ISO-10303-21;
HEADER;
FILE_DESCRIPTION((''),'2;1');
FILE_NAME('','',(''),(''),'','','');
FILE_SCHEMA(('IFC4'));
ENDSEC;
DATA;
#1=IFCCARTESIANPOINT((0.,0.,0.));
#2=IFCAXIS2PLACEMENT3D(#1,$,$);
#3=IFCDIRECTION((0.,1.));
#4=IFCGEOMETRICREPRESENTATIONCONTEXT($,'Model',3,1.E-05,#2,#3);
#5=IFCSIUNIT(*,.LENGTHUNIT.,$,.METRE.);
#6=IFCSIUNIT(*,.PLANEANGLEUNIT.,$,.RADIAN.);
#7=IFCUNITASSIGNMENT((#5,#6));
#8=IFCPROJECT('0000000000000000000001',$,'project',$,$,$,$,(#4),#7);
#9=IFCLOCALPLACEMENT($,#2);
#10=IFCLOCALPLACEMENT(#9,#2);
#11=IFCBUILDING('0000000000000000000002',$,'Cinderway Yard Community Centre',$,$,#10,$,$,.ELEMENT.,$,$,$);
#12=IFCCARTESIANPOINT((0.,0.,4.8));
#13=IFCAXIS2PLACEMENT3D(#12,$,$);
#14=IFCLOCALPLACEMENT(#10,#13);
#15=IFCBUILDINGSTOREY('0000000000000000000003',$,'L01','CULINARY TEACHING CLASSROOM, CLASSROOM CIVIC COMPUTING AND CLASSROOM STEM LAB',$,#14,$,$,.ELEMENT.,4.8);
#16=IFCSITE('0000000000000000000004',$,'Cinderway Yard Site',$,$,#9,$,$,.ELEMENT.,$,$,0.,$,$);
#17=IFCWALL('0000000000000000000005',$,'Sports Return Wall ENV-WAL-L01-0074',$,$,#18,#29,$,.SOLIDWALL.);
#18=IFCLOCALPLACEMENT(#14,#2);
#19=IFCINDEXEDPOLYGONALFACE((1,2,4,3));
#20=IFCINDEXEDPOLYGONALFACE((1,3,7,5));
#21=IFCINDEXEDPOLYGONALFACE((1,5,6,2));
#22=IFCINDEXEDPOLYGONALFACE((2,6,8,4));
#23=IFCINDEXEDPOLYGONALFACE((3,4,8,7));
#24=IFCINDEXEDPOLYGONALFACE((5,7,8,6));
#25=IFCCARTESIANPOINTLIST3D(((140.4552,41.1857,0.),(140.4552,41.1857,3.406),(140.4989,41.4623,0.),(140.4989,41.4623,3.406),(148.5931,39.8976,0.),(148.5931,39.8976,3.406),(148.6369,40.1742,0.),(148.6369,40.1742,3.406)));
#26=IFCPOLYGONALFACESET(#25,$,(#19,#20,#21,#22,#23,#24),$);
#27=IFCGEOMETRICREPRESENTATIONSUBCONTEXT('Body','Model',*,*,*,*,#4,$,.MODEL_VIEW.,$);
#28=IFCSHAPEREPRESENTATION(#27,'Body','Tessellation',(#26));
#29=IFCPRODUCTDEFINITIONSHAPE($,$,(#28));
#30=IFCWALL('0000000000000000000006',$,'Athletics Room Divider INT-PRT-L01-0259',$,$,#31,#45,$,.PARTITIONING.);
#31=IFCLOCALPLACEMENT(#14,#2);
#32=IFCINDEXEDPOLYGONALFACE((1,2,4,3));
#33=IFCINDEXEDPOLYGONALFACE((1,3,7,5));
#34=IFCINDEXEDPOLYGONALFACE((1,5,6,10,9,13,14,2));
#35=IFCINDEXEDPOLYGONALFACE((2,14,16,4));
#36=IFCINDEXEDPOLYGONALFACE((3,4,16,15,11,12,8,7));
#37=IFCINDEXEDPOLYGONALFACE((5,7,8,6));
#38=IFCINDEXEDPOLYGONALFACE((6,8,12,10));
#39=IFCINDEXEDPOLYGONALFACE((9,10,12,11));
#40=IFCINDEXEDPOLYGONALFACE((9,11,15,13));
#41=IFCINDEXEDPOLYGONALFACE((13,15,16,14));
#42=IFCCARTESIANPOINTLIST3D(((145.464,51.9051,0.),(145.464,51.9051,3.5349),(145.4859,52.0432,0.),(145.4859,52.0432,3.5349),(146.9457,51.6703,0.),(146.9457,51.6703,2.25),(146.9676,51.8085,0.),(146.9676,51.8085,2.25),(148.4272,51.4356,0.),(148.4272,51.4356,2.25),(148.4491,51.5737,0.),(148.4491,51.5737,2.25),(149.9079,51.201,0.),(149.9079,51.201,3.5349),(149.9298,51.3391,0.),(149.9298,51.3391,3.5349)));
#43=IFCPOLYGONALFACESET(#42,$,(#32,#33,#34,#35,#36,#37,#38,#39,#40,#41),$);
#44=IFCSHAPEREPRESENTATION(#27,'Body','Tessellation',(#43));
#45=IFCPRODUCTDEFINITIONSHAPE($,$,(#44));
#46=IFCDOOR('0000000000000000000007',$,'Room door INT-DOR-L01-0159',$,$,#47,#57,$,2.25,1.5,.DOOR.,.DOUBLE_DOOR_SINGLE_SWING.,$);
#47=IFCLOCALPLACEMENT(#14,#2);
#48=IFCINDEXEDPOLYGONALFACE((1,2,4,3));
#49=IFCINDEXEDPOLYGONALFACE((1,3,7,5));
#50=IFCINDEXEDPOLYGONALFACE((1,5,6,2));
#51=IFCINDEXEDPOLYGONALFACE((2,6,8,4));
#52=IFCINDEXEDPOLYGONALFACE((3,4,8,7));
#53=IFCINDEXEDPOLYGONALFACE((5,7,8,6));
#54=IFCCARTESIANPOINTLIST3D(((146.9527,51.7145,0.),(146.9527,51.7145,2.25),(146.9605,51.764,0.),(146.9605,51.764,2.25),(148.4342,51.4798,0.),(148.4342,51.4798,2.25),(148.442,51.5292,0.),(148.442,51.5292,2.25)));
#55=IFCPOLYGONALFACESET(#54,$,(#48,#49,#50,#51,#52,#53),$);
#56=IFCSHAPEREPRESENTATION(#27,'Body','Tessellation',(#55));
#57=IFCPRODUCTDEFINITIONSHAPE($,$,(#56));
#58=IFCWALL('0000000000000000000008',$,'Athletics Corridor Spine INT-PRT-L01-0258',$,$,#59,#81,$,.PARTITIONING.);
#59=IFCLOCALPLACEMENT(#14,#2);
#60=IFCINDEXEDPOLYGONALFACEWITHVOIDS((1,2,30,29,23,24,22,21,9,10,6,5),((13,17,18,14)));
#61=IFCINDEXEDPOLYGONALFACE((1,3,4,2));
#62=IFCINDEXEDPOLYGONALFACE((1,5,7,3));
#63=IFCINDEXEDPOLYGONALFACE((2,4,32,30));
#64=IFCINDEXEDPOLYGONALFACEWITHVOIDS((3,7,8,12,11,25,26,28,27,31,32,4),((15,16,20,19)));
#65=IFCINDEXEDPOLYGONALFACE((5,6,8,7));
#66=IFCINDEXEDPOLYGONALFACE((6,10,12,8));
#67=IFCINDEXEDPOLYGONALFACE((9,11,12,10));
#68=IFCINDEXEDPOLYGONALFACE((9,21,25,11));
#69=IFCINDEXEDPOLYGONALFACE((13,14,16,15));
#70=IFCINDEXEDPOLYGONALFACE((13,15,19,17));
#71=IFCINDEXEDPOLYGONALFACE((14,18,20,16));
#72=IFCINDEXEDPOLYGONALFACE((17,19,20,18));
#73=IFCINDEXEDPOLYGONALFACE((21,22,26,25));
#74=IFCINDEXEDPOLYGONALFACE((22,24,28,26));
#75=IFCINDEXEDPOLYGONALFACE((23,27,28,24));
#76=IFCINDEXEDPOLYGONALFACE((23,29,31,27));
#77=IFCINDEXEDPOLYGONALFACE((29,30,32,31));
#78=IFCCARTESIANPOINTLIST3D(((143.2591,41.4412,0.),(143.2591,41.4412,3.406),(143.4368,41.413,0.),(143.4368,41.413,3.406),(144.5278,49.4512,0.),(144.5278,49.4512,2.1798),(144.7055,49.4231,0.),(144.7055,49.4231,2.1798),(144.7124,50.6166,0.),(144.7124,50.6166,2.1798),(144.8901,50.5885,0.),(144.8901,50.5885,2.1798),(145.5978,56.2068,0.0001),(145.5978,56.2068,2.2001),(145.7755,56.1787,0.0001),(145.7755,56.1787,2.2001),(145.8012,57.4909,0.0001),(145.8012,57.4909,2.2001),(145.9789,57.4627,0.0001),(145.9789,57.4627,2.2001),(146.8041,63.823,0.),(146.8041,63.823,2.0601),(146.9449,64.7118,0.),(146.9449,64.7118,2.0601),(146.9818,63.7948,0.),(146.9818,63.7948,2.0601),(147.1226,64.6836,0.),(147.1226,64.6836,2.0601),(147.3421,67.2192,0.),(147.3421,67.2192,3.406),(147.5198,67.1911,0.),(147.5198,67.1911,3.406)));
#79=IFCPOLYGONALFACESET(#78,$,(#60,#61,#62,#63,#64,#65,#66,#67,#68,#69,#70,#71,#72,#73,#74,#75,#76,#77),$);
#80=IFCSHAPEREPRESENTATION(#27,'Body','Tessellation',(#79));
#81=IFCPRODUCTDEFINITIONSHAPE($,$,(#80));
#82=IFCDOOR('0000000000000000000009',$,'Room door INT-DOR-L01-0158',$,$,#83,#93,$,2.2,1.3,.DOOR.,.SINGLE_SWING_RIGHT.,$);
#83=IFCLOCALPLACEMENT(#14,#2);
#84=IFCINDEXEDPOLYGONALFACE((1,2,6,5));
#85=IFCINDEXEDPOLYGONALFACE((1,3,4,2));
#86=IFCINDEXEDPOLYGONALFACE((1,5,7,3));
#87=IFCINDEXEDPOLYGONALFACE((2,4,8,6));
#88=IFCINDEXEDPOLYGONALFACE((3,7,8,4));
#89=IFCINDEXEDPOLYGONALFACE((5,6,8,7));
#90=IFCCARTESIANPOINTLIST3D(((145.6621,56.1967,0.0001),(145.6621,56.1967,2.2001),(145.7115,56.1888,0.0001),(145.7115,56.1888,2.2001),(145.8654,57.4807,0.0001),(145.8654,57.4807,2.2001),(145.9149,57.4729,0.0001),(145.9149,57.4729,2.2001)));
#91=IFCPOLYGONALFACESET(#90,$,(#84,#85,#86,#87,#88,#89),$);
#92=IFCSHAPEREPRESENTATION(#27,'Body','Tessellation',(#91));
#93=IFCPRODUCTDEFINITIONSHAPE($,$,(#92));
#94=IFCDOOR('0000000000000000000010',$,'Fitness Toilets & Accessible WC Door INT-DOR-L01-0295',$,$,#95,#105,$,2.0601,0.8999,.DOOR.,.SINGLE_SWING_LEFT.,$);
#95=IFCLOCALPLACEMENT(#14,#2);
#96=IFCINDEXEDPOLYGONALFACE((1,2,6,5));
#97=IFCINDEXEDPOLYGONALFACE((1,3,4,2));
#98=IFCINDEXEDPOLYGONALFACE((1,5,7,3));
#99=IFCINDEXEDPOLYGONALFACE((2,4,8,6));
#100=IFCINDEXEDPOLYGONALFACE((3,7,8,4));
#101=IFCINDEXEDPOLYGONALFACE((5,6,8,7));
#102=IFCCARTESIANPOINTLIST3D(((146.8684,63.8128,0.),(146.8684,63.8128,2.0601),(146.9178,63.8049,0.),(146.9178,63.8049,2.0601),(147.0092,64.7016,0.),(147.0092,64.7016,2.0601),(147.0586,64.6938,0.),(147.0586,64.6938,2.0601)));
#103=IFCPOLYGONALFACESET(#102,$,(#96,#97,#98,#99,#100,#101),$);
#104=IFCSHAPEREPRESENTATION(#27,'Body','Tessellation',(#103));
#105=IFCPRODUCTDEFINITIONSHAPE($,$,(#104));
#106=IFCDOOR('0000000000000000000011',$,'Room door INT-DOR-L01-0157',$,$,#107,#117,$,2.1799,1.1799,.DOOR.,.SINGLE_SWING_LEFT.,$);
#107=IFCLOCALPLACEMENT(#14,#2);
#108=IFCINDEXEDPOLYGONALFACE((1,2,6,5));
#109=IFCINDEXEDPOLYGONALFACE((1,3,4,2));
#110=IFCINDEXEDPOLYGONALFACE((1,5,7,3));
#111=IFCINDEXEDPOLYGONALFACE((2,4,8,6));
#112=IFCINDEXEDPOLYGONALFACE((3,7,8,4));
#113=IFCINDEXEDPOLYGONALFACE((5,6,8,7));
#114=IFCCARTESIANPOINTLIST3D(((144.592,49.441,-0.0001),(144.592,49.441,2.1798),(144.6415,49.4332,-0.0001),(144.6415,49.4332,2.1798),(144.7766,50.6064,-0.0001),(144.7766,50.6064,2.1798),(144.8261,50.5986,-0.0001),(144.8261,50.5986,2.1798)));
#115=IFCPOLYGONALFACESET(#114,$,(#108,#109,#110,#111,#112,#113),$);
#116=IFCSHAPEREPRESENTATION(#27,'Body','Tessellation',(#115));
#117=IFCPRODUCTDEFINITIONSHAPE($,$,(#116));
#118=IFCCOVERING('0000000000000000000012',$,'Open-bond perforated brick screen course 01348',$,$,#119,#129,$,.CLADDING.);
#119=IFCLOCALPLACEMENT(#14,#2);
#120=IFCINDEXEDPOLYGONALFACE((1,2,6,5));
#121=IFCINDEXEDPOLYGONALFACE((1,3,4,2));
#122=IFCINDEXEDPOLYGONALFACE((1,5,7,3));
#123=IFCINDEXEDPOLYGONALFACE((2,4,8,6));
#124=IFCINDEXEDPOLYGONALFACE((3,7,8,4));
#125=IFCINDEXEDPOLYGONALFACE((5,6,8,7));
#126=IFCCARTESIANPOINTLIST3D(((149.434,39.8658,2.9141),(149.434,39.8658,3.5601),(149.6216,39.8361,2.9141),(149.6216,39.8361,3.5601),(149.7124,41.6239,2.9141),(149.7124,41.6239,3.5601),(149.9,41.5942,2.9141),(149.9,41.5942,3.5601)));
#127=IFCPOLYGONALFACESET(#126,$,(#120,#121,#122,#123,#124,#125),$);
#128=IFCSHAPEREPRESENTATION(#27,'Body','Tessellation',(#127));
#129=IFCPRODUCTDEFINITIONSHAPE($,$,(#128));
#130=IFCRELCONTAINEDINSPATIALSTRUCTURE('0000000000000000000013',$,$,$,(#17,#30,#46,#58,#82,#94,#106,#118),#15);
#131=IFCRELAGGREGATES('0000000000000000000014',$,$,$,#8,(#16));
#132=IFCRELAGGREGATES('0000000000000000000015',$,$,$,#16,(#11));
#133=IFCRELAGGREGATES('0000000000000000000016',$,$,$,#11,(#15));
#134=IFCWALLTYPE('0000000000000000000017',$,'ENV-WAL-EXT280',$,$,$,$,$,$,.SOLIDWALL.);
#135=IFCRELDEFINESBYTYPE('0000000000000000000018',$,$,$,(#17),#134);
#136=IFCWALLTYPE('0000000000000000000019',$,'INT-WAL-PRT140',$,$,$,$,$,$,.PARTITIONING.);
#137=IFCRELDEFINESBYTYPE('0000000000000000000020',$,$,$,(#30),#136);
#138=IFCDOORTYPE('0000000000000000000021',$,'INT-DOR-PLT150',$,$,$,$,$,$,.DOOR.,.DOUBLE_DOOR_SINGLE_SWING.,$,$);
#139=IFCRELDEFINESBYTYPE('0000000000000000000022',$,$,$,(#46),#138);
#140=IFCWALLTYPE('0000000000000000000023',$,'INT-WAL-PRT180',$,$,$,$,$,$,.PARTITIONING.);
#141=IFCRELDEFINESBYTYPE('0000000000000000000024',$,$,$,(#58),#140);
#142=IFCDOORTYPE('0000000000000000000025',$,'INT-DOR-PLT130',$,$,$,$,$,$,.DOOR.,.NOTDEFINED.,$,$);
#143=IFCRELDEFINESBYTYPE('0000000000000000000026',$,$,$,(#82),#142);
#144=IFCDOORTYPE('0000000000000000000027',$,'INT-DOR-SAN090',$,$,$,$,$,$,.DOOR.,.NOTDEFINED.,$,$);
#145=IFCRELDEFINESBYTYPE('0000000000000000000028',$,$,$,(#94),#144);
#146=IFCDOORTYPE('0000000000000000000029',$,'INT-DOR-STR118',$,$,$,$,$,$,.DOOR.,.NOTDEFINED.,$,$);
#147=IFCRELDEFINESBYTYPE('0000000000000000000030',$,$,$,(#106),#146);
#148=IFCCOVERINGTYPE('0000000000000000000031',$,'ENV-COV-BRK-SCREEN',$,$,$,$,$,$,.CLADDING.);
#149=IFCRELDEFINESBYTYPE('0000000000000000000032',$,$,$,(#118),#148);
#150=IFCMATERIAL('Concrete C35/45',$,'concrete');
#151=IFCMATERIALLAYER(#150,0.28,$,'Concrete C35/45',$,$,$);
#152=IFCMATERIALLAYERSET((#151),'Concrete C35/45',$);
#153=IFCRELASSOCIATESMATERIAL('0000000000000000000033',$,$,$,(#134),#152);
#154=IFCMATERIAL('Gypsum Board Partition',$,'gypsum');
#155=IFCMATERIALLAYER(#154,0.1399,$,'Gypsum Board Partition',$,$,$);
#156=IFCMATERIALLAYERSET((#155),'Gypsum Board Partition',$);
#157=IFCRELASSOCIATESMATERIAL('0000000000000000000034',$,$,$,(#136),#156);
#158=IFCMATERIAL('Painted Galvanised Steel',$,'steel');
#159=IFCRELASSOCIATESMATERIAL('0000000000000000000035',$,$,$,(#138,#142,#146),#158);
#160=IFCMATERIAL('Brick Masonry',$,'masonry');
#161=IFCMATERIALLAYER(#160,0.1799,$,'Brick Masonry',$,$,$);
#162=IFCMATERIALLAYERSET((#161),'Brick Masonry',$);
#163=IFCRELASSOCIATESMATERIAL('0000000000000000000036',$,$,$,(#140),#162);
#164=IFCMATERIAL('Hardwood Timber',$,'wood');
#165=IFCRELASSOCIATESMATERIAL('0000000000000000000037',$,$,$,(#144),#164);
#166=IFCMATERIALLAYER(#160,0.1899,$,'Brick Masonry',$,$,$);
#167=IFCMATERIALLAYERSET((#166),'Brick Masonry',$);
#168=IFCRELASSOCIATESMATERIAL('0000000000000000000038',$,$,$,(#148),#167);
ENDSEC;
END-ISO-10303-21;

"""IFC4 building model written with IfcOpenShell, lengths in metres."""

from ifc_helpers import new_model, si_unit, direction, frame, frame_2d, origin, origin_2d, place, context, subcontext, project, spatial, rectangle, extrude, material, layer, layer_set, type_object, element, fill, save


model = new_model("IFC4")

# Units and contexts
model_context = context("Model", 3, precision=1e-05, world=origin(), true_north=direction((0.0, 1.0)))
body_context = subcontext(model_context, "Body", "Model", "MODEL_VIEW")
ifc_project = project(units=[si_unit("LENGTHUNIT", "METRE"), si_unit("PLANEANGLEUNIT", "RADIAN")], contexts=[model_context])

# Site, building, storey
site_placement = place(None, origin())
site = spatial("IfcSite", under=ifc_project, at=site_placement, Name="Cinderway Yard Site", CompositionType="ELEMENT", RefElevation=0.0)
building_placement = place(site_placement, origin())
building = spatial("IfcBuilding", under=site, at=building_placement, Name="Cinderway Yard Community Centre", CompositionType="ELEMENT")
storey_placement = place(building_placement, frame((0.0, 0.0, 4.8)))
storey = spatial("IfcBuildingStorey", under=building, at=storey_placement, Name="L01", Description="CULINARY TEACHING CLASSROOM, CLASSROOM CIVIC COMPUTING AND CLASSROOM STEM LAB", CompositionType="ELEMENT", Elevation=4.8)

# Wall
ifc_material_1 = material(Name="Concrete C35/45", Category="concrete")
ifc_layer_1 = layer(ifc_material_1, 0.28, Name="Concrete C35/45")
ifc_layer_set_1 = layer_set([ifc_layer_1], Name="Concrete C35/45")
wall_type_1 = type_object("IfcWallType", Name="ENV-WAL-EXT280", PredefinedType="SOLIDWALL", material=ifc_layer_set_1)
wall_1_placement = place(storey_placement, frame((140.4771, 41.324, 0.0), z_axis=(0.0, 0.0, 1.0), x_axis=(0.987704, -0.156335, 0.0)))
element("IfcWall", 1, at=wall_1_placement, inside=storey, type_object=wall_type_1, Name="Sports Return Wall ENV-WAL-L01-0074", PredefinedType="SOLIDWALL", context=body_context, shape_type="SweptSolid", body=[
    extrude(rectangle(XDim=8.2393, YDim=0.28, at=frame_2d((4.1196, 0.0))), origin(), (0.0, 0.0, 1.0), 3.406),
])

# Wall, opening, door
ifc_material_2 = material(Name="Gypsum Board Partition", Category="gypsum")
ifc_layer_2 = layer(ifc_material_2, 0.1399, Name="Gypsum Board Partition")
ifc_layer_set_2 = layer_set([ifc_layer_2], Name="Gypsum Board Partition")
wall_type_2 = type_object("IfcWallType", Name="INT-WAL-PRT140", PredefinedType="PARTITIONING", material=ifc_layer_set_2)
wall_2_placement = place(storey_placement, frame((145.4751, 51.9741, 0.0), z_axis=(0.0, 0.0, 1.0), x_axis=(0.987679, -0.156492, 0.0)))
wall_2 = element("IfcWall", 2, at=wall_2_placement, inside=storey, type_object=wall_type_2, Name="Athletics Room Divider INT-PRT-L01-0259", PredefinedType="PARTITIONING", context=body_context, shape_type="SweptSolid", body=[
    extrude(rectangle(XDim=4.4993, YDim=0.1399, at=frame_2d((2.2495, 0.0))), origin(), (0.0, 0.0, 1.0), 3.5349),
])
opening_1_placement = place(wall_2_placement, frame((1.5, 0.0, 0.0)))
opening_1 = element("IfcOpeningElement", 3, at=opening_1_placement, cuts=wall_2, PredefinedType="OPENING", context=body_context, shape_type="SweptSolid", body=[
    extrude(rectangle(XDim=1.5, YDim=2.25, at=frame_2d((0.75, 1.125))), frame((0.0, 0.0798, 0.0), z_axis=(0.0, -1.0, 0.0), x_axis=(1.0, 0.0, 0.0)), (0.0, 0.0, 1.0), 0.1599),
])
ifc_material_3 = material(Name="Painted Galvanised Steel", Category="steel")
door_type_1 = type_object("IfcDoorType", Name="INT-DOR-PLT150", OperationType="DOUBLE_DOOR_SINGLE_SWING", PredefinedType="DOOR", material=ifc_material_3)
door_1_placement = place(opening_1_placement, origin())
door_1 = element("IfcDoor", 4, at=door_1_placement, inside=storey, type_object=door_type_1, Name="Room door INT-DOR-L01-0159", OperationType="DOUBLE_DOOR_SINGLE_SWING", OverallHeight=2.25, OverallWidth=1.5, PredefinedType="DOOR", context=body_context, shape_type="SweptSolid", body=[
    extrude(rectangle(XDim=1.5, YDim=2.25, at=frame_2d((0.75, 1.125))), frame((0.0, 0.0249, 0.0), z_axis=(0.0, -1.0, 0.0), x_axis=(1.0, 0.0, 0.0)), (0.0, 0.0, 1.0), 0.05),
])
fill(opening_1, door_1)

# Wall, openings, doors
ifc_material_4 = material(Name="Brick Masonry", Category="masonry")
ifc_layer_3 = layer(ifc_material_4, 0.1799, Name="Brick Masonry")
ifc_layer_set_3 = layer_set([ifc_layer_3], Name="Brick Masonry")
wall_type_3 = type_object("IfcWallType", Name="INT-WAL-PRT180", PredefinedType="PARTITIONING", material=ifc_layer_set_3)
wall_3_placement = place(storey_placement, frame((143.3479, 41.427, 0.0), z_axis=(0.0, 0.0, 1.0), x_axis=(0.156441, 0.987687, 0.0)))
wall_3 = element("IfcWall", 5, at=wall_3_placement, inside=storey, type_object=wall_type_3, Name="Athletics Corridor Spine INT-PRT-L01-0258", PredefinedType="PARTITIONING", context=body_context, shape_type="SweptSolid", body=[
    extrude(rectangle(XDim=26.0994, YDim=0.1799, at=frame_2d((13.0498, 0.0))), origin(), (0.0, 0.0, 1.0), 3.406),
])
opening_2_placement = place(wall_3_placement, frame((8.1101, 0.0, 0.0)))
opening_2 = element("IfcOpeningElement", 6, at=opening_2_placement, cuts=wall_3, PredefinedType="OPENING", context=body_context, shape_type="SweptSolid", body=[
    extrude(rectangle(XDim=1.1799, YDim=2.1799, at=frame_2d((0.5898, 1.0898))), frame((0.0, 0.0999, 0.0), z_axis=(0.0, -1.0, 0.0), x_axis=(1.0, 0.0, 0.0)), (0.0, 0.0, 1.0), 0.2),
])
opening_3_placement = place(wall_3_placement, frame((14.95, 0.0, 0.0)))
opening_3 = element("IfcOpeningElement", 7, at=opening_3_placement, cuts=wall_3, PredefinedType="OPENING", context=body_context, shape_type="SweptSolid", body=[
    extrude(rectangle(XDim=1.3, YDim=2.2, at=frame_2d((0.6499, 1.1001))), frame((0.0, 0.0999, 0.0), z_axis=(0.0, -1.0, 0.0), x_axis=(1.0, 0.0, 0.0)), (0.0, 0.0, 1.0), 0.2),
])
opening_4_placement = place(wall_3_placement, frame((22.6609, 0.0, 0.0)))
opening_4 = element("IfcOpeningElement", 8, at=opening_4_placement, cuts=wall_3, PredefinedType="OPENING", context=body_context, shape_type="SweptSolid", body=[
    extrude(rectangle(XDim=0.8999, YDim=2.0601, at=frame_2d((0.45, 1.03))), frame((0.0, 0.0999, 0.0), z_axis=(0.0, -1.0, 0.0), x_axis=(1.0, 0.0, 0.0)), (0.0, 0.0, 1.0), 0.2),
])
door_type_2 = type_object("IfcDoorType", Name="INT-DOR-PLT130", OperationType="NOTDEFINED", PredefinedType="DOOR", material=ifc_material_3)
door_2_placement = place(opening_3_placement, origin())
door_2 = element("IfcDoor", 9, at=door_2_placement, inside=storey, type_object=door_type_2, Name="Room door INT-DOR-L01-0158", OperationType="SINGLE_SWING_RIGHT", OverallHeight=2.2, OverallWidth=1.3, PredefinedType="DOOR", context=body_context, shape_type="SweptSolid", body=[
    extrude(rectangle(XDim=1.3, YDim=2.2, at=frame_2d((0.6499, 1.1001))), frame((0.0, 0.0249, 0.0), z_axis=(0.0, -1.0, 0.0), x_axis=(1.0, 0.0, 0.0)), (0.0, 0.0, 1.0), 0.05),
])
fill(opening_3, door_2)
ifc_material_5 = material(Name="Hardwood Timber", Category="wood")
door_type_3 = type_object("IfcDoorType", Name="INT-DOR-SAN090", OperationType="NOTDEFINED", PredefinedType="DOOR", material=ifc_material_5)
door_3_placement = place(opening_4_placement, origin())
door_3 = element("IfcDoor", 10, at=door_3_placement, inside=storey, type_object=door_type_3, Name="Fitness Toilets & Accessible WC Door INT-DOR-L01-0295", OperationType="SINGLE_SWING_LEFT", OverallHeight=2.0601, OverallWidth=0.8999, PredefinedType="DOOR", context=body_context, shape_type="SweptSolid", body=[
    extrude(rectangle(XDim=0.8999, YDim=2.0601, at=frame_2d((0.45, 1.03))), frame((0.0, 0.0249, 0.0), z_axis=(0.0, -1.0, 0.0), x_axis=(1.0, 0.0, 0.0)), (0.0, 0.0, 1.0), 0.05),
])
fill(opening_4, door_3)
door_type_4 = type_object("IfcDoorType", Name="INT-DOR-STR118", OperationType="NOTDEFINED", PredefinedType="DOOR", material=ifc_material_3)
door_4_placement = place(opening_2_placement, origin())
door_4 = element("IfcDoor", 11, at=door_4_placement, inside=storey, type_object=door_type_4, Name="Room door INT-DOR-L01-0157", OperationType="SINGLE_SWING_LEFT", OverallHeight=2.1799, OverallWidth=1.1799, PredefinedType="DOOR", context=body_context, shape_type="SweptSolid", body=[
    extrude(rectangle(XDim=1.1799, YDim=2.1799, at=frame_2d((0.5898, 1.0898))), frame((0.0, 0.0249, 0.0), z_axis=(0.0, -1.0, 0.0), x_axis=(1.0, 0.0, 0.0)), (0.0, 0.0, 1.0), 0.05),
])
fill(opening_2, door_4)

# Covering
ifc_layer_4 = layer(ifc_material_4, 0.1899, Name="Brick Masonry")
ifc_layer_set_4 = layer_set([ifc_layer_4], Name="Brick Masonry")
covering_type = type_object("IfcCoveringType", Name="ENV-COV-BRK-SCREEN", PredefinedType="CLADDING", material=ifc_layer_set_4)
covering_placement = place(storey_placement, frame((149.667, 40.73, 2.9141), z_axis=(0.0, 0.0, 1.0), x_axis=(-0.156434, -0.987688, 0.0)))
element("IfcCovering", 12, at=covering_placement, inside=storey, type_object=covering_type, Name="Open-bond perforated brick screen course 01348", PredefinedType="CLADDING", context=body_context, shape_type="SweptSolid", body=[
    extrude(rectangle(XDim=1.78, YDim=0.1899, at=origin_2d()), origin(), (0.0, 0.0, 1.0), 0.646),
])

save(model, "model.ifc")
